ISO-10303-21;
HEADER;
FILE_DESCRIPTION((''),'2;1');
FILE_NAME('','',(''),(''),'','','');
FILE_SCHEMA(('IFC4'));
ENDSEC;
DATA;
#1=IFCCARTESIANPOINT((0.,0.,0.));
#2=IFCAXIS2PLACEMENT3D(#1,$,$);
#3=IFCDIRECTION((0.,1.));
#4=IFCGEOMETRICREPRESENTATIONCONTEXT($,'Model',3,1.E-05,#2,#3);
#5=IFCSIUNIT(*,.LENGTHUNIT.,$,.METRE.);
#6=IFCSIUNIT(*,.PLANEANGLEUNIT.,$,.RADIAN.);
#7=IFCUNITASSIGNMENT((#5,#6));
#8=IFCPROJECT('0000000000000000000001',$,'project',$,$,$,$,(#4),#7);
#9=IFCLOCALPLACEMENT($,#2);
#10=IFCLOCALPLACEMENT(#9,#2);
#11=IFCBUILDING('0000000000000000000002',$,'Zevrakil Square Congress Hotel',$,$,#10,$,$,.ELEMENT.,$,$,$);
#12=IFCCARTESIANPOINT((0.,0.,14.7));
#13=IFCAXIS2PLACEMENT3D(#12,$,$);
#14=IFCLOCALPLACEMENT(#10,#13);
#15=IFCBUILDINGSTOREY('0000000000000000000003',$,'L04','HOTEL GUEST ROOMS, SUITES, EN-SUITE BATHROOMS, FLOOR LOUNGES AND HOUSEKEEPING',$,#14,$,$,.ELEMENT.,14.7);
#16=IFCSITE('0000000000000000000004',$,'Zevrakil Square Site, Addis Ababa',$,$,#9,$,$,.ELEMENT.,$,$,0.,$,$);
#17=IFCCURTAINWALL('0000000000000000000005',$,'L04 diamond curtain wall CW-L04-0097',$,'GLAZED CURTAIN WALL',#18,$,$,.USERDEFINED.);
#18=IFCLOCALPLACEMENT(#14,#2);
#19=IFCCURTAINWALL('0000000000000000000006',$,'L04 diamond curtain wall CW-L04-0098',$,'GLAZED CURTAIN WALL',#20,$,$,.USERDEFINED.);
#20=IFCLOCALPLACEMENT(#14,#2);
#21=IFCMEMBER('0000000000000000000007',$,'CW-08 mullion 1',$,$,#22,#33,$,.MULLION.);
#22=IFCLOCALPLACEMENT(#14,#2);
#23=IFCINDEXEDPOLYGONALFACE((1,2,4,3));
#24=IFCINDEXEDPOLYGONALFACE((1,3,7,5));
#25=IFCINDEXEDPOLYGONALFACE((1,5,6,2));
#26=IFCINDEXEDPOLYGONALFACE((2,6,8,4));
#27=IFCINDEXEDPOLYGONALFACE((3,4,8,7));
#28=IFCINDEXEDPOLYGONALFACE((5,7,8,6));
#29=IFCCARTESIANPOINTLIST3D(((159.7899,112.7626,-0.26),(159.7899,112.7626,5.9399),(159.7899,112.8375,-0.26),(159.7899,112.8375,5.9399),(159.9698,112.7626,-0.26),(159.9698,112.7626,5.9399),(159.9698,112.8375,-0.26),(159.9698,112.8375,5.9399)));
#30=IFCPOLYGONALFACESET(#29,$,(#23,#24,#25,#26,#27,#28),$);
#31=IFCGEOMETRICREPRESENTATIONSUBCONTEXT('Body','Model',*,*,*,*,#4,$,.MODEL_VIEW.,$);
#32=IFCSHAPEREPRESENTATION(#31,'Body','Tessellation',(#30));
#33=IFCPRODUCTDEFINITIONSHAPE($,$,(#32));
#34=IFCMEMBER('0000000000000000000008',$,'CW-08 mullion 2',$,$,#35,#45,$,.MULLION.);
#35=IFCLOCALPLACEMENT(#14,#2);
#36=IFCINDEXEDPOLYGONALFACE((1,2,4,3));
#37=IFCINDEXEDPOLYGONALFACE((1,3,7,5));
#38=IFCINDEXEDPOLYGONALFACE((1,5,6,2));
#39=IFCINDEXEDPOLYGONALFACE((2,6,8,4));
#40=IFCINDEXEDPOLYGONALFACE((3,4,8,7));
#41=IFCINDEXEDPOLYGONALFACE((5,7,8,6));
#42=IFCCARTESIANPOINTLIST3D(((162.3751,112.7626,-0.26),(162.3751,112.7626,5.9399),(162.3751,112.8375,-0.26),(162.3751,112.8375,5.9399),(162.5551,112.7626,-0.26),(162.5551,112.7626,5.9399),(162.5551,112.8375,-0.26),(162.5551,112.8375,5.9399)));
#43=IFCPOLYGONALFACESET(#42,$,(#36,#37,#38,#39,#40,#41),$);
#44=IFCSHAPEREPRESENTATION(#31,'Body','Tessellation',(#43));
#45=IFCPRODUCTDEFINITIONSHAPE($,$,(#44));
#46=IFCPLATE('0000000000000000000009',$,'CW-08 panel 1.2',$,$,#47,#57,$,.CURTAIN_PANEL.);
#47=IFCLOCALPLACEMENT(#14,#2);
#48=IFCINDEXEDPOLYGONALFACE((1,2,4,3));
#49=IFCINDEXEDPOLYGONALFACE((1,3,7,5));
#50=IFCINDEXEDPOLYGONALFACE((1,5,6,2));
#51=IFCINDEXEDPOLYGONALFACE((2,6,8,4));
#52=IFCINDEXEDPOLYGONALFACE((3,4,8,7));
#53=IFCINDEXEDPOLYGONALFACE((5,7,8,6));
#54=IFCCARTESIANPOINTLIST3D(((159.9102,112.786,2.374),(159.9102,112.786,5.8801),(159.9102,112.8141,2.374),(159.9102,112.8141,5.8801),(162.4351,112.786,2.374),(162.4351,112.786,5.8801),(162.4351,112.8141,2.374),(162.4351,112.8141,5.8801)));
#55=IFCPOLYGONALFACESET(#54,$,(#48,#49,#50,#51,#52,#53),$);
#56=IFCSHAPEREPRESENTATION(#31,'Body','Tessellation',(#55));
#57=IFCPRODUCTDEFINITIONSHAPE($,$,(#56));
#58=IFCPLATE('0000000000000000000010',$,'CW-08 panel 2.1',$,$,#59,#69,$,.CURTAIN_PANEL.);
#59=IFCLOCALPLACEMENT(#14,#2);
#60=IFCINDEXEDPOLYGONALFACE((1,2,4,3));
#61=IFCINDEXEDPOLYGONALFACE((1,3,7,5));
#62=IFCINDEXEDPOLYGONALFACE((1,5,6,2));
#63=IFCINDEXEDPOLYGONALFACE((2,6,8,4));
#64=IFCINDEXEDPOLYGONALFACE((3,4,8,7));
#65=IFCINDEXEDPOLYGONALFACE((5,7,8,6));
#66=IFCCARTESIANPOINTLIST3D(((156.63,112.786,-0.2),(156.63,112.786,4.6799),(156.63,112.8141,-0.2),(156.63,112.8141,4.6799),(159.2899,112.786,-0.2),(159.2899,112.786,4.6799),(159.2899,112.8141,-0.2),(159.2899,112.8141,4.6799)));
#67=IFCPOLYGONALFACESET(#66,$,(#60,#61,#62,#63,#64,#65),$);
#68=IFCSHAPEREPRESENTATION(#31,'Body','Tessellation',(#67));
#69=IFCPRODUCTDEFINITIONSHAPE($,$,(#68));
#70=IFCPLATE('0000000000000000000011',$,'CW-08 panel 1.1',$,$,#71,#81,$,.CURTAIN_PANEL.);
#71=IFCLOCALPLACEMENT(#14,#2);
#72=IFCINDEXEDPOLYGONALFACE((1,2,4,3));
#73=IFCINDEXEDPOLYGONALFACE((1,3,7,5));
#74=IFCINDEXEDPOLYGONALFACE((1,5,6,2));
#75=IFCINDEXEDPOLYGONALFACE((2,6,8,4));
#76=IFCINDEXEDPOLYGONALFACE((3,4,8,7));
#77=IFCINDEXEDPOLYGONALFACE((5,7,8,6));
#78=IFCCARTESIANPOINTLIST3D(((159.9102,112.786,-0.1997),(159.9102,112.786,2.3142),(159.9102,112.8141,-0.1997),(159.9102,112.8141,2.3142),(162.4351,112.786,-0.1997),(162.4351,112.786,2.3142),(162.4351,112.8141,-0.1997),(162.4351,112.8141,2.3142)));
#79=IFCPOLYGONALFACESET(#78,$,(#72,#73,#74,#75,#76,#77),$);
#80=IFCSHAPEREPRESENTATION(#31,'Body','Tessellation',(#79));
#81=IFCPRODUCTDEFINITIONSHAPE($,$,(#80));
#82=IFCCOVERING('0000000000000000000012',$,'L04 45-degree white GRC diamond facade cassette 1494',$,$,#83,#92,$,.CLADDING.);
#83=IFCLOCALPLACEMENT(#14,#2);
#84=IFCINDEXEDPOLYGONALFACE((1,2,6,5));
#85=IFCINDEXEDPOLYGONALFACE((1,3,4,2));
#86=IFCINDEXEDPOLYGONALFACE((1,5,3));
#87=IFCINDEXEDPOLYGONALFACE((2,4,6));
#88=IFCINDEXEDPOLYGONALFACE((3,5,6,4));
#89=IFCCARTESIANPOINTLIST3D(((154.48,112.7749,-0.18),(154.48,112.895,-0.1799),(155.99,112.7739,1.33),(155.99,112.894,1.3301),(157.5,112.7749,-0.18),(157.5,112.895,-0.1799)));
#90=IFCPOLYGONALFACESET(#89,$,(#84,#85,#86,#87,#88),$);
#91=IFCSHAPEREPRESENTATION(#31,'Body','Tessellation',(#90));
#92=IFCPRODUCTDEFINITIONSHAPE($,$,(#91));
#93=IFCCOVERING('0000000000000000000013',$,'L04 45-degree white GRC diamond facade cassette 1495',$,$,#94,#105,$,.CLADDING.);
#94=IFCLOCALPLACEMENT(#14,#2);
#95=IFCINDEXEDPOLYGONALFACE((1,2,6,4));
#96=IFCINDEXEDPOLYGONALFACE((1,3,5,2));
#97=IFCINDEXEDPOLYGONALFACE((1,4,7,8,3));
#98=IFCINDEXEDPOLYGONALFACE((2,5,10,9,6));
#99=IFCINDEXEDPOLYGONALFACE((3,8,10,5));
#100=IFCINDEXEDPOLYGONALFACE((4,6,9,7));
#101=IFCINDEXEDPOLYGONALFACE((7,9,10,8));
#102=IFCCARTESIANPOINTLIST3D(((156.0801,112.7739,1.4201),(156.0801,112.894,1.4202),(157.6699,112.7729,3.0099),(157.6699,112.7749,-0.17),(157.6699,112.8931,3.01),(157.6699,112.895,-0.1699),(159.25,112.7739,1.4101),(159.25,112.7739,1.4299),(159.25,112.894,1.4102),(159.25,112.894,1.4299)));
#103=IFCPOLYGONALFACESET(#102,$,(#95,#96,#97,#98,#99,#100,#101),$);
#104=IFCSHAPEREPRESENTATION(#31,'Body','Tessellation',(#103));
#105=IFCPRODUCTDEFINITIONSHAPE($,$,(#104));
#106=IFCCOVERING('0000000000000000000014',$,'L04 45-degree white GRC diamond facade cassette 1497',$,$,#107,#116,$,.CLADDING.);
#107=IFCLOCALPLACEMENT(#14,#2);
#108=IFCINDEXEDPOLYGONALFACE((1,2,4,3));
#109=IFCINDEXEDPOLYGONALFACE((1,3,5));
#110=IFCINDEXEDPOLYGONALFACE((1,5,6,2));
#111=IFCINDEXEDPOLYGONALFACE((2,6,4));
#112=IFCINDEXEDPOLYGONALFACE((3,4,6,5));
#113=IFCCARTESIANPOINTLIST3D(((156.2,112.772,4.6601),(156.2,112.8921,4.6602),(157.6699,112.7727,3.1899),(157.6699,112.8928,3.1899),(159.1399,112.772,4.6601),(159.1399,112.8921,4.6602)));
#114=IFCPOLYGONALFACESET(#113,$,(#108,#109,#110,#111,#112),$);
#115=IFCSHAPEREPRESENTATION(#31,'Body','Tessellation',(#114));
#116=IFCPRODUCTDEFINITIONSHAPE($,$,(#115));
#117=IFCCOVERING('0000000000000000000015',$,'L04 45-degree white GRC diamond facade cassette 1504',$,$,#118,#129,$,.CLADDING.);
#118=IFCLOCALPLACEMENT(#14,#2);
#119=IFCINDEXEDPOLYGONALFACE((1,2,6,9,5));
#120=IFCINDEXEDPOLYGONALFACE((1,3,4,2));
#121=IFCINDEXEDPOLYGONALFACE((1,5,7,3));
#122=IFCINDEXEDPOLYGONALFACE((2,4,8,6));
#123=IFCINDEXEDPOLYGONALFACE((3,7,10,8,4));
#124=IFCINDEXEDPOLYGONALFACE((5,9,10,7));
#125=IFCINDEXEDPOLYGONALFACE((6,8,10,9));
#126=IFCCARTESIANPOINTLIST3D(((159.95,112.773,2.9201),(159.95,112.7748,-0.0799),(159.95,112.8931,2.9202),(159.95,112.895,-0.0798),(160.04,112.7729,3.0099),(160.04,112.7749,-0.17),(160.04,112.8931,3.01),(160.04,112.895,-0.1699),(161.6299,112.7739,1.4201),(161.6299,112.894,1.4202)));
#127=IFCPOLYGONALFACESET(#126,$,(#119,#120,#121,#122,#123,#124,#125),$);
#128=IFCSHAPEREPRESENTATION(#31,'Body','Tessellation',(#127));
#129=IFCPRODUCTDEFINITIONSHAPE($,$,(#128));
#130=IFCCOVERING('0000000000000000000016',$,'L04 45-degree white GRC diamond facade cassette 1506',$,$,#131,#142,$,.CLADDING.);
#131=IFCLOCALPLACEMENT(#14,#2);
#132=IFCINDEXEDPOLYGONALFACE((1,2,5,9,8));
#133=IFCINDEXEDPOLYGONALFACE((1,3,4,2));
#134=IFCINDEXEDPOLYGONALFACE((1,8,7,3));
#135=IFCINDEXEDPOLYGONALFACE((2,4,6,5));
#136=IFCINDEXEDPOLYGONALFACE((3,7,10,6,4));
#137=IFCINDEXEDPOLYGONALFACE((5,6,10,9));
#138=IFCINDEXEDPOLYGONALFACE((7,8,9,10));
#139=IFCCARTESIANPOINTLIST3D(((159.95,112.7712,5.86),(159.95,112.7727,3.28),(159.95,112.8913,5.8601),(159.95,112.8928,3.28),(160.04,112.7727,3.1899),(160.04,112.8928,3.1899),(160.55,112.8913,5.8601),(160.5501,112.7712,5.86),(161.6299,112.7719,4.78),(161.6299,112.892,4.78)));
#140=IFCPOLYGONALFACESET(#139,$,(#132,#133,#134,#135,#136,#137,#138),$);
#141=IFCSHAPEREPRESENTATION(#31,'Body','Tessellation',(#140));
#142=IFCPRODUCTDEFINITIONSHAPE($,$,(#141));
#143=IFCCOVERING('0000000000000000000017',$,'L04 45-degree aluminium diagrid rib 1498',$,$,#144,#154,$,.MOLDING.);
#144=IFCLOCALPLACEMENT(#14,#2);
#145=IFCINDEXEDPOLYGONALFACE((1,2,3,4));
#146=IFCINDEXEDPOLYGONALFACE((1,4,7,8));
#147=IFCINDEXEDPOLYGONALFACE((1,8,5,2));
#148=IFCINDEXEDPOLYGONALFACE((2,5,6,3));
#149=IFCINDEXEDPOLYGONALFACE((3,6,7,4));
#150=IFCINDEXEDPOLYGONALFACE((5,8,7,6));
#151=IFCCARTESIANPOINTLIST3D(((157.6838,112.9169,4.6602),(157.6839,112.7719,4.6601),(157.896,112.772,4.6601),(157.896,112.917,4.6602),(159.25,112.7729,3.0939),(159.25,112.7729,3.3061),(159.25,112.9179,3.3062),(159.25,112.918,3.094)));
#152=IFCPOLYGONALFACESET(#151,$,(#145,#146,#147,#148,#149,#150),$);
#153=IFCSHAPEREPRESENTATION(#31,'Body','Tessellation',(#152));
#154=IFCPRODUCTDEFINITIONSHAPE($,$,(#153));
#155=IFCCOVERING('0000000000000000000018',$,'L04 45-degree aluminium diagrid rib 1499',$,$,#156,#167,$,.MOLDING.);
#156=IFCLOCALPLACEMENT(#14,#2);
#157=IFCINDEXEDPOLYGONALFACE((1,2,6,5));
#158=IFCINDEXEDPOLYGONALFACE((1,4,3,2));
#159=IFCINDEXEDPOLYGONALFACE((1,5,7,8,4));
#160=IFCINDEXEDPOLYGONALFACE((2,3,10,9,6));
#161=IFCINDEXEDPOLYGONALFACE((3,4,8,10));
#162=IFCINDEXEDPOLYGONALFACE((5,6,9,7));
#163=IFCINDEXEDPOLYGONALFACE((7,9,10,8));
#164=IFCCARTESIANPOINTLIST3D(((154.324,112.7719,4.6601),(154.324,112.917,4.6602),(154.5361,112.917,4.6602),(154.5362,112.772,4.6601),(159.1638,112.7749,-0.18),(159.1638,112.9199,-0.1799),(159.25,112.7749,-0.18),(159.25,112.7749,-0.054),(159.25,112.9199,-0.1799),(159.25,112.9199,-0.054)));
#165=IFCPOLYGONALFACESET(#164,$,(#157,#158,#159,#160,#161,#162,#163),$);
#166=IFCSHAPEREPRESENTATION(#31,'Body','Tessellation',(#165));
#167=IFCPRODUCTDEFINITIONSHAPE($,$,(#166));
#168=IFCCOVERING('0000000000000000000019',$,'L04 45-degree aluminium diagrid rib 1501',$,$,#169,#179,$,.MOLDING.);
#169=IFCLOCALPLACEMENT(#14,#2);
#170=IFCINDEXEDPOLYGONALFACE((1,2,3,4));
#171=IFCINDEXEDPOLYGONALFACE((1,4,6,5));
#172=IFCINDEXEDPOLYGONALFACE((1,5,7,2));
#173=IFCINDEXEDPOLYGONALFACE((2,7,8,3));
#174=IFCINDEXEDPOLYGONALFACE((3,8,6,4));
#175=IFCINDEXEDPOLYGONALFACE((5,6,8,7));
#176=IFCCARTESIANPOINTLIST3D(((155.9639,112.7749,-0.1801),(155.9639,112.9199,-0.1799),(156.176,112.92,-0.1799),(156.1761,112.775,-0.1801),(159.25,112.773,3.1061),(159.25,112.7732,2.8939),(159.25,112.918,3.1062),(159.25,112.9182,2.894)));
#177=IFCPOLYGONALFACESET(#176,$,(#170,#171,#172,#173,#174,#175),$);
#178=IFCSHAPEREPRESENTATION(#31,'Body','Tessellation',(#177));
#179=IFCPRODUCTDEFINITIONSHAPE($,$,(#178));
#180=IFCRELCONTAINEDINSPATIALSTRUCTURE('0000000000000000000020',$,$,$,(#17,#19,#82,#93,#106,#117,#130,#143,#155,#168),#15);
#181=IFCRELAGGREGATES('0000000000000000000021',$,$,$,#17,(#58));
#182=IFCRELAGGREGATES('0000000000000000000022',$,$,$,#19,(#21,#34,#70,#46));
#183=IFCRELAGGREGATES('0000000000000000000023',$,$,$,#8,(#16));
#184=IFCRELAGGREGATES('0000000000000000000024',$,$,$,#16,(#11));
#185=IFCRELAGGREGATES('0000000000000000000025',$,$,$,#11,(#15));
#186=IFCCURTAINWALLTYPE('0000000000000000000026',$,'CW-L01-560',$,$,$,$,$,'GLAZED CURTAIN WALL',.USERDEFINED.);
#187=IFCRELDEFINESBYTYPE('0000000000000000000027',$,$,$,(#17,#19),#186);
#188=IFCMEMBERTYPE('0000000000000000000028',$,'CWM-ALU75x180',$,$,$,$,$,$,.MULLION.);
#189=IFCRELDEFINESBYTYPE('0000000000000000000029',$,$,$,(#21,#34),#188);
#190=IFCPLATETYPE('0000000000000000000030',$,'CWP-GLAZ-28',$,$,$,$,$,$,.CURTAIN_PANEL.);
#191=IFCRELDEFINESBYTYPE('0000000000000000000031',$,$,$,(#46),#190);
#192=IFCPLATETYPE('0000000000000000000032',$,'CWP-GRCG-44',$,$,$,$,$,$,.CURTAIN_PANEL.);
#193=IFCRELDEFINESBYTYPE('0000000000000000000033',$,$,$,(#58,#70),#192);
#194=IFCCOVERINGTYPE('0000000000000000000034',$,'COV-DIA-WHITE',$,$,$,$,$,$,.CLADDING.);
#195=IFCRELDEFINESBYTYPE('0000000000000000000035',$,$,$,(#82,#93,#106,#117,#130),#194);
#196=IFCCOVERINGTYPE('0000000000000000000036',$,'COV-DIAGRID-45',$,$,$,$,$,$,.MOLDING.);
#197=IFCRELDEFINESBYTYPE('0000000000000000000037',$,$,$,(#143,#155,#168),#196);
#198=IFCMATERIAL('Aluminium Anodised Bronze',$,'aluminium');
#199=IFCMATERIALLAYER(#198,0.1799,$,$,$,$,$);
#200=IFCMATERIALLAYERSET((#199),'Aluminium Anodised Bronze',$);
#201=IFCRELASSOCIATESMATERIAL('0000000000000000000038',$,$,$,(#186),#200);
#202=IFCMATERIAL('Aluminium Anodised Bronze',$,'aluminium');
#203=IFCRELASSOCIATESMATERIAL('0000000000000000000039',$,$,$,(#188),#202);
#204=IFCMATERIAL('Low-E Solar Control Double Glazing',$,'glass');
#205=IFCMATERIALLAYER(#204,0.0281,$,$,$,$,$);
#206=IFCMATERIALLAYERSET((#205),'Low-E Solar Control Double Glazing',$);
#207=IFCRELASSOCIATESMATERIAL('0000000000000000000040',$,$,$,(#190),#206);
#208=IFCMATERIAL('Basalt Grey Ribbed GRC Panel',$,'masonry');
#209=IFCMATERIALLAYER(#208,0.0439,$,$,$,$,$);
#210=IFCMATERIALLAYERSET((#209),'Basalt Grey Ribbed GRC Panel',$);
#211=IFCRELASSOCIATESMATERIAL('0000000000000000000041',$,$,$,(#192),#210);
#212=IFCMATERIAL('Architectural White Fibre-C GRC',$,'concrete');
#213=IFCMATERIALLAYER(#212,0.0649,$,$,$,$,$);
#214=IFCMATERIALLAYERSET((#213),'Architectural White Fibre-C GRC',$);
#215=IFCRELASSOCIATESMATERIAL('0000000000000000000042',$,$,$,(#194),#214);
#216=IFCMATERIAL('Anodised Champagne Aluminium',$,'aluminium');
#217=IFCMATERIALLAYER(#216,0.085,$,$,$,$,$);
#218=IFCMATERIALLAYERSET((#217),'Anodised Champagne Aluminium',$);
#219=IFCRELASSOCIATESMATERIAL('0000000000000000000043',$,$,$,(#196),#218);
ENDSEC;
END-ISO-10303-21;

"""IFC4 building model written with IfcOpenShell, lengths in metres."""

from ifc_helpers import new_model, si_unit, direction, frame, origin, origin_2d, place, context, subcontext, project, spatial, polyline, rectangle, outline, extrude, material, layer, layer_set, material_profile, profile_set, type_object, element, aggregate, save


model = new_model("IFC4")

# Units and contexts
model_context = context("Model", 3, precision=1e-05, world=origin(), true_north=direction((0.0, 1.0)))
body_context = subcontext(model_context, "Body", "Model", "MODEL_VIEW")
ifc_project = project(units=[si_unit("LENGTHUNIT", "METRE"), si_unit("PLANEANGLEUNIT", "RADIAN")], contexts=[model_context])

# Site, building, storey
site_placement = place(None, origin())
site = spatial("IfcSite", under=ifc_project, at=site_placement, Name="Zevrakil Square Site, Addis Ababa", CompositionType="ELEMENT", RefElevation=0.0)
building_placement = place(site_placement, origin())
building = spatial("IfcBuilding", under=site, at=building_placement, Name="Zevrakil Square Congress Hotel", CompositionType="ELEMENT")
storey_placement = place(building_placement, frame((0.0, 0.0, 14.7)))
storey = spatial("IfcBuildingStorey", under=building, at=storey_placement, Name="L04", Description="HOTEL GUEST ROOMS, SUITES, EN-SUITE BATHROOMS, FLOOR LOUNGES AND HOUSEKEEPING", CompositionType="ELEMENT", Elevation=14.7)

# Curtain walls
ifc_material_1 = material(Name="Aluminium Anodised Bronze", Category="aluminium")
ifc_layer_1 = layer(ifc_material_1, 0.1799)
ifc_layer_set_1 = layer_set([ifc_layer_1], Name="Aluminium Anodised Bronze")
curtain_wall_type = type_object("IfcCurtainWallType", Name="CW-L01-560", ElementType="GLAZED CURTAIN WALL", PredefinedType="USERDEFINED", material=ifc_layer_set_1)
curtain_wall_1_placement = place(storey_placement, origin())
curtain_wall_1 = element("IfcCurtainWall", 1, at=curtain_wall_1_placement, inside=storey, type_object=curtain_wall_type, Name="L04 diamond curtain wall CW-L04-0097", ObjectType="GLAZED CURTAIN WALL", PredefinedType="USERDEFINED")
curtain_wall_2_placement = place(storey_placement, origin())
curtain_wall_2 = element("IfcCurtainWall", 2, at=curtain_wall_2_placement, inside=storey, type_object=curtain_wall_type, Name="L04 diamond curtain wall CW-L04-0098", ObjectType="GLAZED CURTAIN WALL", PredefinedType="USERDEFINED")

# Members
ifc_material_2 = material(Name="Aluminium Anodised Bronze", Category="aluminium")
ifc_material_profile_1 = material_profile(ifc_material_2, rectangle(XDim=0.075, YDim=0.1799, at=origin_2d()), Name="ALU 75x180")
ifc_profile_set_1 = profile_set([ifc_material_profile_1], Name="Aluminium Anodised Bronze")
member_type_1 = type_object("IfcMemberType", Name="CWM-ALU75x180", PredefinedType="MULLION", material=ifc_profile_set_1)
member_1_placement = place(storey_placement, frame((159.8799, 112.8, -0.26), z_axis=(0.0, 0.0, 1.0), x_axis=(0.0, 1.0, 0.0)))
member_1 = element("IfcMember", 3, at=member_1_placement, type_object=member_type_1, Name="CW-08 mullion 1", PredefinedType="MULLION", context=body_context, shape_type="SweptSolid", body=[
    extrude(rectangle(XDim=0.075, YDim=0.1799, at=origin_2d()), origin(), (0.0, 0.0, 1.0), 6.2),
])
member_2_placement = place(storey_placement, frame((162.4651, 112.8, -0.26), z_axis=(0.0, 0.0, 1.0), x_axis=(0.0, 1.0, 0.0)))
member_2 = element("IfcMember", 4, at=member_2_placement, type_object=member_type_1, Name="CW-08 mullion 2", PredefinedType="MULLION", context=body_context, shape_type="SweptSolid", body=[
    extrude(rectangle(XDim=0.075, YDim=0.1799, at=origin_2d()), origin(), (0.0, 0.0, 1.0), 6.2),
])

# Plates
ifc_material_3 = material(Name="Low-E Solar Control Double Glazing", Category="glass")
ifc_layer_2 = layer(ifc_material_3, 0.0281)
ifc_layer_set_2 = layer_set([ifc_layer_2], Name="Low-E Solar Control Double Glazing")
plate_type_1 = type_object("IfcPlateType", Name="CWP-GLAZ-28", PredefinedType="CURTAIN_PANEL", material=ifc_layer_set_2)
plate_1_placement = place(storey_placement, frame((161.1726, 112.8, 2.374), z_axis=(0.0, 0.0, 1.0), x_axis=(1.0, 0.0, 0.0)))
plate_1 = element("IfcPlate", 5, at=plate_1_placement, type_object=plate_type_1, Name="CW-08 panel 1.2", PredefinedType="CURTAIN_PANEL", context=body_context, shape_type="SweptSolid", body=[
    extrude(rectangle(XDim=2.5249, YDim=0.0281, at=origin_2d()), origin(), (0.0, 0.0, 1.0), 3.5061),
])
ifc_material_4 = material(Name="Basalt Grey Ribbed GRC Panel", Category="masonry")
ifc_layer_3 = layer(ifc_material_4, 0.0439)
ifc_layer_set_3 = layer_set([ifc_layer_3], Name="Basalt Grey Ribbed GRC Panel")
plate_type_2 = type_object("IfcPlateType", Name="CWP-GRCG-44", PredefinedType="CURTAIN_PANEL", material=ifc_layer_set_3)
plate_2_placement = place(storey_placement, frame((157.96, 112.8, -0.2), z_axis=(0.0, 0.0, 1.0), x_axis=(1.0, 0.0, 0.0)))
plate_2 = element("IfcPlate", 6, at=plate_2_placement, type_object=plate_type_2, Name="CW-08 panel 2.1", PredefinedType="CURTAIN_PANEL", context=body_context, shape_type="SweptSolid", body=[
    extrude(rectangle(XDim=2.6599, YDim=0.0281, at=origin_2d()), origin(), (0.0, 0.0, 1.0), 4.8799),
])
aggregate(curtain_wall_1, [plate_2])
plate_3_placement = place(storey_placement, frame((161.1726, 112.8, -0.1997), z_axis=(0.0, 0.0, 1.0), x_axis=(1.0, 0.0, 0.0)))
plate_3 = element("IfcPlate", 7, at=plate_3_placement, type_object=plate_type_2, Name="CW-08 panel 1.1", PredefinedType="CURTAIN_PANEL", context=body_context, shape_type="SweptSolid", body=[
    extrude(rectangle(XDim=2.5249, YDim=0.0281, at=origin_2d()), origin(), (0.0, 0.0, 1.0), 2.5139),
])
aggregate(curtain_wall_2, [member_1, member_2, plate_3, plate_1])

# Coverings
ifc_material_5 = material(Name="Architectural White Fibre-C GRC", Category="concrete")
ifc_layer_4 = layer(ifc_material_5, 0.0649)
ifc_layer_set_4 = layer_set([ifc_layer_4], Name="Architectural White Fibre-C GRC")
covering_type_1 = type_object("IfcCoveringType", Name="COV-DIA-WHITE", PredefinedType="CLADDING", material=ifc_layer_set_4)
covering_1_placement = place(storey_placement, frame((155.99, 112.894, 1.3301), z_axis=(0.0, 1.0, 0.000647), x_axis=(-0.707107, 0.000457, -0.707107)))
element("IfcCovering", 8, at=covering_1_placement, inside=storey, type_object=covering_type_1, Name="L04 45-degree white GRC diamond facade cassette 1494", PredefinedType="CLADDING", context=body_context, shape_type="SweptSolid", body=[
    extrude(outline(polyline([(0.0, 0.0), (2.1355, 0.0), (0.0, -2.1355), (0.0, 0.0)])), origin(), (0.0, 0.0, -1.0), 0.1201),
])
covering_2_placement = place(storey_placement, frame((157.6699, 112.8931, 3.01), z_axis=(0.0, 1.0, 0.000612), x_axis=(-0.707107, 0.000433, -0.707107)))
element("IfcCovering", 9, at=covering_2_placement, inside=storey, type_object=covering_type_1, Name="L04 45-degree white GRC diamond facade cassette 1495", PredefinedType="CLADDING", context=body_context, shape_type="SweptSolid", body=[
    extrude(outline(polyline([(0.0, 0.0), (2.2484, 0.0), (2.2486, -2.2486), (0.014, -2.2486), (0.0, -2.2346), (0.0, 0.0)])), origin(), (0.0, 0.0, -1.0), 0.1201),
])
covering_3_placement = place(storey_placement, frame((157.6699, 112.8928, 3.1899), z_axis=(0.0, 1.0, 0.000498), x_axis=(0.707048, -0.000352, 0.707165)))
element("IfcCovering", 10, at=covering_3_placement, inside=storey, type_object=covering_type_1, Name="L04 45-degree white GRC diamond facade cassette 1497", PredefinedType="CLADDING", context=body_context, shape_type="SweptSolid", body=[
    extrude(outline(polyline([(0.0, 0.0), (2.079, 0.0), (0.0003, -2.079), (0.0, 0.0)])), origin(), (0.0, 0.0, -1.0), 0.1201),
])
covering_4_placement = place(storey_placement, frame((160.04, 112.895, -0.1699), z_axis=(0.0, 1.0, 0.000616), x_axis=(0.707052, -0.000436, 0.707161)))
element("IfcCovering", 11, at=covering_4_placement, inside=storey, type_object=covering_type_1, Name="L04 45-degree white GRC diamond facade cassette 1504", PredefinedType="CLADDING", context=body_context, shape_type="SweptSolid", body=[
    extrude(outline(polyline([(0.0, 0.0), (2.2486, 0.0), (2.2487, -2.2484), (2.1215, -2.2486), (0.0, -0.1274), (0.0, 0.0)])), origin(), (0.0, 0.0, -1.0), 0.1201),
])
covering_5_placement = place(storey_placement, frame((160.04, 112.8928, 3.1899), z_axis=(-0.000046, 1.0, 0.000563), x_axis=(0.707052, -0.000366, 0.707161)))
element("IfcCovering", 12, at=covering_5_placement, inside=storey, type_object=covering_type_1, Name="L04 45-degree white GRC diamond facade cassette 1506", PredefinedType="CLADDING", context=body_context, shape_type="SweptSolid", body=[
    extrude(outline(polyline([(0.0, 0.0), (2.2486, 0.0), (2.2488, -1.5273), (1.8245, -1.9517), (0.0, -0.1274), (0.0, 0.0)])), origin(), (0.0, 0.0, -1.0), 0.1201),
])
ifc_material_6 = material(Name="Anodised Champagne Aluminium", Category="aluminium")
ifc_layer_5 = layer(ifc_material_6, 0.085)
ifc_layer_set_5 = layer_set([ifc_layer_5], Name="Anodised Champagne Aluminium")
covering_type_2 = type_object("IfcCoveringType", Name="COV-DIAGRID-45", PredefinedType="MOLDING", material=ifc_layer_set_5)
covering_6_placement = place(storey_placement, frame((159.25, 112.918, 3.094), z_axis=(-0.000334, 1.0, 0.000334), x_axis=(0.0, -0.000334, 1.0)))
element("IfcCovering", 13, at=covering_6_placement, inside=storey, type_object=covering_type_2, Name="L04 45-degree aluminium diagrid rib 1498", PredefinedType="MOLDING", context=body_context, shape_type="SweptSolid", body=[
    extrude(outline(polyline([(0.0, 0.0), (0.2122, 0.0), (1.5662, -1.354), (1.5662, -1.5662), (0.0, 0.0)])), origin(), (0.0, 0.0, -1.0), 0.145),
])
covering_7_placement = place(storey_placement, frame((159.1638, 112.9199, -0.1799), z_axis=(-0.000181, 1.0, 0.000429), x_axis=(1.0, 0.000181, 0.0)))
element("IfcCovering", 14, at=covering_7_placement, inside=storey, type_object=covering_type_2, Name="L04 45-degree aluminium diagrid rib 1499", PredefinedType="MOLDING", context=body_context, shape_type="SweptSolid", body=[
    extrude(outline(polyline([(0.0, 0.0), (0.0862, 0.0), (0.0862, -0.126), (-4.6277, -4.8401), (-4.8398, -4.8401), (0.0, 0.0)])), origin(), (0.0, 0.0, -1.0), 0.145),
])
covering_8_placement = place(storey_placement, frame((159.25, 112.9182, 2.894), z_axis=(-0.000287, 1.0, 0.000863), x_axis=(0.0, -0.000863, 1.0)))
element("IfcCovering", 15, at=covering_8_placement, inside=storey, type_object=covering_type_2, Name="L04 45-degree aluminium diagrid rib 1501", PredefinedType="MOLDING", context=body_context, shape_type="SweptSolid", body=[
    extrude(outline(polyline([(0.0, 0.0), (0.2122, 0.0), (-3.074, -3.2861), (-3.074, -3.074), (0.0, 0.0)])), origin(), (0.0, 0.0, -1.0), 0.145),
])

save(model, "model.ifc")
